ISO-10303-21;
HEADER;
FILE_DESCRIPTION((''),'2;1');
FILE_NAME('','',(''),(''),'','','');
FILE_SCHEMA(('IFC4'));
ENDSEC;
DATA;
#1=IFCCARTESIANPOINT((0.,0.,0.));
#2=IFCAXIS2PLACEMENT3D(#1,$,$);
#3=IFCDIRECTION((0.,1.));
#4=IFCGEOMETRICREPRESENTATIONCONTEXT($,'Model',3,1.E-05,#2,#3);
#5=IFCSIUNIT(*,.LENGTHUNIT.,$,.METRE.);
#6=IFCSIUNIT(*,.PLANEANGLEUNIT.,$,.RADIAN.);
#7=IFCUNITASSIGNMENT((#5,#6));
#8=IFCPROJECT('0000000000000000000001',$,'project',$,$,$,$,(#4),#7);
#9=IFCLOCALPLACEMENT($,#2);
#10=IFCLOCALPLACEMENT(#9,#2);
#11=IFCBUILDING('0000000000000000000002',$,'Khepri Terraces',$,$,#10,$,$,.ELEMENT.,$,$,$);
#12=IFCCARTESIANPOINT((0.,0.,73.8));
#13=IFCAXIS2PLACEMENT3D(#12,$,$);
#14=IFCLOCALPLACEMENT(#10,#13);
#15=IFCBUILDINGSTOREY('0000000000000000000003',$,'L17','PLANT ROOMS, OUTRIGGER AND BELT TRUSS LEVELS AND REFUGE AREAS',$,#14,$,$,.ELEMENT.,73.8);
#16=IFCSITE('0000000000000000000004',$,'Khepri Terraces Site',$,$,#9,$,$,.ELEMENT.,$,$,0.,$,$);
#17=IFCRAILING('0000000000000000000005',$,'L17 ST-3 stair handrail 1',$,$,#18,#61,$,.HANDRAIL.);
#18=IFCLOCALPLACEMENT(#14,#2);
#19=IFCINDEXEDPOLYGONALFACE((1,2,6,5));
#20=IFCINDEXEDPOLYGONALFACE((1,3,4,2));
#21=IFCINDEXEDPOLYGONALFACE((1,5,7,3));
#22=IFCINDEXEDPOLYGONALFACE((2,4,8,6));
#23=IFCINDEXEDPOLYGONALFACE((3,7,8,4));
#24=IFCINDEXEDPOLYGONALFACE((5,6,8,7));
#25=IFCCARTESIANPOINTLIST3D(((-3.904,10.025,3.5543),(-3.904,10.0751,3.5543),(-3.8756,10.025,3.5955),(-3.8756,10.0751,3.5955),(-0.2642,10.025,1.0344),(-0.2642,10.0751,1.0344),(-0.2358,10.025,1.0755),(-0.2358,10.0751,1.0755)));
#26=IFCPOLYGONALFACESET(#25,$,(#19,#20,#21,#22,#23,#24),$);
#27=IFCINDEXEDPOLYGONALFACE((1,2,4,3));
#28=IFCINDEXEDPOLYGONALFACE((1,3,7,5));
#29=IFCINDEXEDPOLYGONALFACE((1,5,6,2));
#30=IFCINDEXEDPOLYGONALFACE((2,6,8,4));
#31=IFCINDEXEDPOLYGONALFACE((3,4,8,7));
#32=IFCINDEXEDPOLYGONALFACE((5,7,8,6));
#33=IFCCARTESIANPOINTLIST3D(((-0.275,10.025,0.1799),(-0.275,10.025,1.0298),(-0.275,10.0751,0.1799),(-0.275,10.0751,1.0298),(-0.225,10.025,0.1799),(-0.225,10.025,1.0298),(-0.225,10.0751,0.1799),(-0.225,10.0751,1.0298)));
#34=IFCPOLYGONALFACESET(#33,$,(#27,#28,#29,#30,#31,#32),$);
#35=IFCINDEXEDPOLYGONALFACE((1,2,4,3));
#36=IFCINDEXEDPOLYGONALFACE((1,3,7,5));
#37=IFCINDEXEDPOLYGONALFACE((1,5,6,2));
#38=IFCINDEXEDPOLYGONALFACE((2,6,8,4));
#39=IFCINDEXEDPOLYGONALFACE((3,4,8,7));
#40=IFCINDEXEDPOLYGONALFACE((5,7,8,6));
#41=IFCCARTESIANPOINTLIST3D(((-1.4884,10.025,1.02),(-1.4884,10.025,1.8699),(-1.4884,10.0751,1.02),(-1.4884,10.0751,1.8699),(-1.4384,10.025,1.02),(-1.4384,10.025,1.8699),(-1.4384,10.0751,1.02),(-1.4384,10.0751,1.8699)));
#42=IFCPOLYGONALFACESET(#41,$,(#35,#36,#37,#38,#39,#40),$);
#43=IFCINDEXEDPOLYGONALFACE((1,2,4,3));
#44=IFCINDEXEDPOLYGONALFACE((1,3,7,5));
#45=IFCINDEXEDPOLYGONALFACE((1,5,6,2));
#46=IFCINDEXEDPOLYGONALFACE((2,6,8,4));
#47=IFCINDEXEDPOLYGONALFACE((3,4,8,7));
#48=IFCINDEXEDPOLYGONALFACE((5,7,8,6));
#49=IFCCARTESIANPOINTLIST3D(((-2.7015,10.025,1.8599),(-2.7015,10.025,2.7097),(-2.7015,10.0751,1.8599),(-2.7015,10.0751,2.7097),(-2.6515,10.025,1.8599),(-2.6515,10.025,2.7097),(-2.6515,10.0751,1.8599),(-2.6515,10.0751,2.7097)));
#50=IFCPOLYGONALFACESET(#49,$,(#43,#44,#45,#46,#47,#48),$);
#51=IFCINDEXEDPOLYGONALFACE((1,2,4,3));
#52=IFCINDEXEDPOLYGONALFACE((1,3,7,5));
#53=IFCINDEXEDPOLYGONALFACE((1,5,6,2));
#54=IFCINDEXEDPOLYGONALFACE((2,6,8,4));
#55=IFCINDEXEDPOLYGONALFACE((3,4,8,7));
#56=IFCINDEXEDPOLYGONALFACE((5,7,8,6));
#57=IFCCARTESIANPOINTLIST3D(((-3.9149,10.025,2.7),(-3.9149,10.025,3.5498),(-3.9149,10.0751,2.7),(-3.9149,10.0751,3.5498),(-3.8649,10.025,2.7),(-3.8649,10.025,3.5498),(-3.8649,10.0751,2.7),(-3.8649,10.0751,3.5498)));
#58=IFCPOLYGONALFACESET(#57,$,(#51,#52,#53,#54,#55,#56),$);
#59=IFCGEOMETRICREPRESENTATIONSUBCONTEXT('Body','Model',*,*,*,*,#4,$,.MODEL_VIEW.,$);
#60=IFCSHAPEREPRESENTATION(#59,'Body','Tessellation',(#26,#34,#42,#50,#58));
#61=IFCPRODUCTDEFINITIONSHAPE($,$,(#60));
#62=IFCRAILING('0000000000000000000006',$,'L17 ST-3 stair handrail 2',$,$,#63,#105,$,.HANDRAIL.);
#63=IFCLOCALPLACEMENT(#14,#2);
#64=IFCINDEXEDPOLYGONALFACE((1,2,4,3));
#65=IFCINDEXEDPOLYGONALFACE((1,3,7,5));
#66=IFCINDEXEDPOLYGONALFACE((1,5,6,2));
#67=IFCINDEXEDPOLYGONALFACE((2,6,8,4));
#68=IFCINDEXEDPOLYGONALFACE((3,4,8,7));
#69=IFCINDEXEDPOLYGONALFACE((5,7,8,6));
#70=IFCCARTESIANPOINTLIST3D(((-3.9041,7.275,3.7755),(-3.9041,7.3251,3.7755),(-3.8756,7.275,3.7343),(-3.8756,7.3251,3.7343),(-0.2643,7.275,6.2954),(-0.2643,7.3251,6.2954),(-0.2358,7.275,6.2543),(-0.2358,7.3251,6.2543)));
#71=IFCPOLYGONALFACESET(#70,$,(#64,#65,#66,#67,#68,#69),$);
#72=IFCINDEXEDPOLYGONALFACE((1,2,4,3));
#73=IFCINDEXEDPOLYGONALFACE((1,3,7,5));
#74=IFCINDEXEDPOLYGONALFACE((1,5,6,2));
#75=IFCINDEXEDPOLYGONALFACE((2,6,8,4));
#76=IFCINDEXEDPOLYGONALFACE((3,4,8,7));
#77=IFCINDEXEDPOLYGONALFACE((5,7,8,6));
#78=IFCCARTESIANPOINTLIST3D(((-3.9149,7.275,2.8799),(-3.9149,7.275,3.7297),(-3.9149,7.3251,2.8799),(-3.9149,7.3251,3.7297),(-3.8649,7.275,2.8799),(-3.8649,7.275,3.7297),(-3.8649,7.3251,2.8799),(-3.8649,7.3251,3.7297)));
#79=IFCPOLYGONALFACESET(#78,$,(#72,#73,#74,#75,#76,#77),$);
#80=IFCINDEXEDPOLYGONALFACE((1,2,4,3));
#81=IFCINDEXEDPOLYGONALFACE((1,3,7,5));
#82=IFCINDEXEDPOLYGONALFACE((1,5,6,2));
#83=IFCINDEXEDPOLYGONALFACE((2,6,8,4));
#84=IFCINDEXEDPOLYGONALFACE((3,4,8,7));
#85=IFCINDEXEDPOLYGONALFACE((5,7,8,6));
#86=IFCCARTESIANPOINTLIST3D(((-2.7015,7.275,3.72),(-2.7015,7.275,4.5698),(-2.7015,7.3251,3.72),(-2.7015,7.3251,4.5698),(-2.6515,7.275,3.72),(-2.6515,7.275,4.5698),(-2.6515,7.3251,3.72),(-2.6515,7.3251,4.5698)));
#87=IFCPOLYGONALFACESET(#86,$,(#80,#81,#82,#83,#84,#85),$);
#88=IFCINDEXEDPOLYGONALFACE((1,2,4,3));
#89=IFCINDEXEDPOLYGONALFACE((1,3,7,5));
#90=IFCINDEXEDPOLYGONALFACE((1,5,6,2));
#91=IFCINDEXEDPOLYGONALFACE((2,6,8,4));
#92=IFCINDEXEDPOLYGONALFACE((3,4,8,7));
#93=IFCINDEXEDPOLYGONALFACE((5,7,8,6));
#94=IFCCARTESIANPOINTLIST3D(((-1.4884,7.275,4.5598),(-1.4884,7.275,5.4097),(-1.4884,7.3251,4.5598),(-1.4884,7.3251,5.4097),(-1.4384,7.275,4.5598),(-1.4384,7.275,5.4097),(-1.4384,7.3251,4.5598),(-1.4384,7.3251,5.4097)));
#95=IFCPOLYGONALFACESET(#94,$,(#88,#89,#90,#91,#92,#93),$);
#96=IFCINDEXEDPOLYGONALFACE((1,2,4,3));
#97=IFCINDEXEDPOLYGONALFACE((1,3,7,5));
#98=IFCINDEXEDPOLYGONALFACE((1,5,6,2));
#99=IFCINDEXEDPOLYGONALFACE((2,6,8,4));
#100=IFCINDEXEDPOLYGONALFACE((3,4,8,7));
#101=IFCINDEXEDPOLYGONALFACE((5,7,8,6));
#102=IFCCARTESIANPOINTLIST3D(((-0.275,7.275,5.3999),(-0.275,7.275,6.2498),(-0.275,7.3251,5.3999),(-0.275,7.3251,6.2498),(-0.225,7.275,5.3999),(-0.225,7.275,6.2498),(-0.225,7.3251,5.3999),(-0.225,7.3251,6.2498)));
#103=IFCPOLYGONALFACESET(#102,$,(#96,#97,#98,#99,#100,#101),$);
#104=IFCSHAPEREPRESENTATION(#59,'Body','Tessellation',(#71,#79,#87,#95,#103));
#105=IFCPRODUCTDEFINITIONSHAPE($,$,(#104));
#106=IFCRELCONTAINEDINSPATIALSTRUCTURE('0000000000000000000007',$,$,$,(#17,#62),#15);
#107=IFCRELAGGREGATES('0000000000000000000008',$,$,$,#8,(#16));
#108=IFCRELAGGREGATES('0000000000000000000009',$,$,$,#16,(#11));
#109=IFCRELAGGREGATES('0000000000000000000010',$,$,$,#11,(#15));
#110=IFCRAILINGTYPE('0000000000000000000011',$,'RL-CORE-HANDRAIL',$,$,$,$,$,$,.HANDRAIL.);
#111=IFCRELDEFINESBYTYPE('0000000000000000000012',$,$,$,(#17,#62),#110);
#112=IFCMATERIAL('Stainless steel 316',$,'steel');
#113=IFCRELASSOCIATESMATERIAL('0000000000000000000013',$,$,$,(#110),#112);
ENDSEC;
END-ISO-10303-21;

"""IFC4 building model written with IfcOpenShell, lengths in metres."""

from ifc_helpers import new_model, si_unit, direction, frame, origin, origin_2d, place, context, subcontext, project, spatial, rectangle, extrude, material, type_object, element, save


model = new_model("IFC4")

# Units and contexts
model_context = context("Model", 3, precision=1e-05, world=origin(), true_north=direction((0.0, 1.0)))
body_context = subcontext(model_context, "Body", "Model", "MODEL_VIEW")
ifc_project = project(units=[si_unit("LENGTHUNIT", "METRE"), si_unit("PLANEANGLEUNIT", "RADIAN")], contexts=[model_context])

# Site, building, storey
site_placement = place(None, origin())
site = spatial("IfcSite", under=ifc_project, at=site_placement, Name="Khepri Terraces Site", CompositionType="ELEMENT", RefElevation=0.0)
building_placement = place(site_placement, origin())
building = spatial("IfcBuilding", under=site, at=building_placement, Name="Khepri Terraces", CompositionType="ELEMENT")
storey_placement = place(building_placement, frame((0.0, 0.0, 73.8)))
storey = spatial("IfcBuildingStorey", under=building, at=storey_placement, Name="L17", Description="PLANT ROOMS, OUTRIGGER AND BELT TRUSS LEVELS AND REFUGE AREAS", CompositionType="ELEMENT", Elevation=73.8)

# Railings
ifc_material_1 = material(Name="Stainless steel 316", Category="steel")
railing_type_1 = type_object("IfcRailingType", Name="RL-CORE-HANDRAIL", PredefinedType="HANDRAIL", material=ifc_material_1)
railing_1_placement = place(storey_placement, frame((-0.25, 10.05, 0.1799)))
element("IfcRailing", 1, at=railing_1_placement, inside=storey, type_object=railing_type_1, Name="L17 ST-3 stair handrail 1", PredefinedType="HANDRAIL", context=body_context, shape_type="SweptSolid", body=[
    extrude(rectangle(XDim=0.05, YDim=0.05, at=origin_2d()), frame((0.0, 0.0, 0.875), z_axis=(-0.822182, 0.0, 0.569224), x_axis=(0.0, -1.0, 0.0)), (0.0, 0.0, 1.0), 4.427),
    extrude(rectangle(XDim=0.05, YDim=0.05, at=origin_2d()), origin(), (0.0, 0.0, 1.0), 0.8499),
    extrude(rectangle(XDim=0.05, YDim=0.05, at=origin_2d()), frame((-1.2134, 0.0, 0.8401)), (0.0, 0.0, 1.0), 0.8499),
    extrude(rectangle(XDim=0.05, YDim=0.05, at=origin_2d()), frame((-2.4265, 0.0, 1.6799)), (0.0, 0.0, 1.0), 0.8499),
    extrude(rectangle(XDim=0.05, YDim=0.05, at=origin_2d()), frame((-3.6399, 0.0, 2.52)), (0.0, 0.0, 1.0), 0.8499),
])
railing_2_placement = place(storey_placement, frame((-3.8899, 7.3, 2.8799)))
element("IfcRailing", 2, at=railing_2_placement, inside=storey, type_object=railing_type_1, Name="L17 ST-3 stair handrail 2", PredefinedType="HANDRAIL", context=body_context, shape_type="SweptSolid", body=[
    extrude(rectangle(XDim=0.05, YDim=0.05, at=origin_2d()), frame((0.0, 0.0, 0.875), z_axis=(0.822182, 0.0, 0.569224), x_axis=(0.0, 1.0, 0.0)), (0.0, 0.0, 1.0), 4.427),
    extrude(rectangle(XDim=0.05, YDim=0.05, at=origin_2d()), origin(), (0.0, 0.0, 1.0), 0.8499),
    extrude(rectangle(XDim=0.05, YDim=0.05, at=origin_2d()), frame((1.2134, 0.0, 0.8401)), (0.0, 0.0, 1.0), 0.8499),
    extrude(rectangle(XDim=0.05, YDim=0.05, at=origin_2d()), frame((2.4265, 0.0, 1.6799)), (0.0, 0.0, 1.0), 0.8499),
    extrude(rectangle(XDim=0.05, YDim=0.05, at=origin_2d()), frame((3.6399, 0.0, 2.52)), (0.0, 0.0, 1.0), 0.8499),
])

save(model, "model.ifc")
